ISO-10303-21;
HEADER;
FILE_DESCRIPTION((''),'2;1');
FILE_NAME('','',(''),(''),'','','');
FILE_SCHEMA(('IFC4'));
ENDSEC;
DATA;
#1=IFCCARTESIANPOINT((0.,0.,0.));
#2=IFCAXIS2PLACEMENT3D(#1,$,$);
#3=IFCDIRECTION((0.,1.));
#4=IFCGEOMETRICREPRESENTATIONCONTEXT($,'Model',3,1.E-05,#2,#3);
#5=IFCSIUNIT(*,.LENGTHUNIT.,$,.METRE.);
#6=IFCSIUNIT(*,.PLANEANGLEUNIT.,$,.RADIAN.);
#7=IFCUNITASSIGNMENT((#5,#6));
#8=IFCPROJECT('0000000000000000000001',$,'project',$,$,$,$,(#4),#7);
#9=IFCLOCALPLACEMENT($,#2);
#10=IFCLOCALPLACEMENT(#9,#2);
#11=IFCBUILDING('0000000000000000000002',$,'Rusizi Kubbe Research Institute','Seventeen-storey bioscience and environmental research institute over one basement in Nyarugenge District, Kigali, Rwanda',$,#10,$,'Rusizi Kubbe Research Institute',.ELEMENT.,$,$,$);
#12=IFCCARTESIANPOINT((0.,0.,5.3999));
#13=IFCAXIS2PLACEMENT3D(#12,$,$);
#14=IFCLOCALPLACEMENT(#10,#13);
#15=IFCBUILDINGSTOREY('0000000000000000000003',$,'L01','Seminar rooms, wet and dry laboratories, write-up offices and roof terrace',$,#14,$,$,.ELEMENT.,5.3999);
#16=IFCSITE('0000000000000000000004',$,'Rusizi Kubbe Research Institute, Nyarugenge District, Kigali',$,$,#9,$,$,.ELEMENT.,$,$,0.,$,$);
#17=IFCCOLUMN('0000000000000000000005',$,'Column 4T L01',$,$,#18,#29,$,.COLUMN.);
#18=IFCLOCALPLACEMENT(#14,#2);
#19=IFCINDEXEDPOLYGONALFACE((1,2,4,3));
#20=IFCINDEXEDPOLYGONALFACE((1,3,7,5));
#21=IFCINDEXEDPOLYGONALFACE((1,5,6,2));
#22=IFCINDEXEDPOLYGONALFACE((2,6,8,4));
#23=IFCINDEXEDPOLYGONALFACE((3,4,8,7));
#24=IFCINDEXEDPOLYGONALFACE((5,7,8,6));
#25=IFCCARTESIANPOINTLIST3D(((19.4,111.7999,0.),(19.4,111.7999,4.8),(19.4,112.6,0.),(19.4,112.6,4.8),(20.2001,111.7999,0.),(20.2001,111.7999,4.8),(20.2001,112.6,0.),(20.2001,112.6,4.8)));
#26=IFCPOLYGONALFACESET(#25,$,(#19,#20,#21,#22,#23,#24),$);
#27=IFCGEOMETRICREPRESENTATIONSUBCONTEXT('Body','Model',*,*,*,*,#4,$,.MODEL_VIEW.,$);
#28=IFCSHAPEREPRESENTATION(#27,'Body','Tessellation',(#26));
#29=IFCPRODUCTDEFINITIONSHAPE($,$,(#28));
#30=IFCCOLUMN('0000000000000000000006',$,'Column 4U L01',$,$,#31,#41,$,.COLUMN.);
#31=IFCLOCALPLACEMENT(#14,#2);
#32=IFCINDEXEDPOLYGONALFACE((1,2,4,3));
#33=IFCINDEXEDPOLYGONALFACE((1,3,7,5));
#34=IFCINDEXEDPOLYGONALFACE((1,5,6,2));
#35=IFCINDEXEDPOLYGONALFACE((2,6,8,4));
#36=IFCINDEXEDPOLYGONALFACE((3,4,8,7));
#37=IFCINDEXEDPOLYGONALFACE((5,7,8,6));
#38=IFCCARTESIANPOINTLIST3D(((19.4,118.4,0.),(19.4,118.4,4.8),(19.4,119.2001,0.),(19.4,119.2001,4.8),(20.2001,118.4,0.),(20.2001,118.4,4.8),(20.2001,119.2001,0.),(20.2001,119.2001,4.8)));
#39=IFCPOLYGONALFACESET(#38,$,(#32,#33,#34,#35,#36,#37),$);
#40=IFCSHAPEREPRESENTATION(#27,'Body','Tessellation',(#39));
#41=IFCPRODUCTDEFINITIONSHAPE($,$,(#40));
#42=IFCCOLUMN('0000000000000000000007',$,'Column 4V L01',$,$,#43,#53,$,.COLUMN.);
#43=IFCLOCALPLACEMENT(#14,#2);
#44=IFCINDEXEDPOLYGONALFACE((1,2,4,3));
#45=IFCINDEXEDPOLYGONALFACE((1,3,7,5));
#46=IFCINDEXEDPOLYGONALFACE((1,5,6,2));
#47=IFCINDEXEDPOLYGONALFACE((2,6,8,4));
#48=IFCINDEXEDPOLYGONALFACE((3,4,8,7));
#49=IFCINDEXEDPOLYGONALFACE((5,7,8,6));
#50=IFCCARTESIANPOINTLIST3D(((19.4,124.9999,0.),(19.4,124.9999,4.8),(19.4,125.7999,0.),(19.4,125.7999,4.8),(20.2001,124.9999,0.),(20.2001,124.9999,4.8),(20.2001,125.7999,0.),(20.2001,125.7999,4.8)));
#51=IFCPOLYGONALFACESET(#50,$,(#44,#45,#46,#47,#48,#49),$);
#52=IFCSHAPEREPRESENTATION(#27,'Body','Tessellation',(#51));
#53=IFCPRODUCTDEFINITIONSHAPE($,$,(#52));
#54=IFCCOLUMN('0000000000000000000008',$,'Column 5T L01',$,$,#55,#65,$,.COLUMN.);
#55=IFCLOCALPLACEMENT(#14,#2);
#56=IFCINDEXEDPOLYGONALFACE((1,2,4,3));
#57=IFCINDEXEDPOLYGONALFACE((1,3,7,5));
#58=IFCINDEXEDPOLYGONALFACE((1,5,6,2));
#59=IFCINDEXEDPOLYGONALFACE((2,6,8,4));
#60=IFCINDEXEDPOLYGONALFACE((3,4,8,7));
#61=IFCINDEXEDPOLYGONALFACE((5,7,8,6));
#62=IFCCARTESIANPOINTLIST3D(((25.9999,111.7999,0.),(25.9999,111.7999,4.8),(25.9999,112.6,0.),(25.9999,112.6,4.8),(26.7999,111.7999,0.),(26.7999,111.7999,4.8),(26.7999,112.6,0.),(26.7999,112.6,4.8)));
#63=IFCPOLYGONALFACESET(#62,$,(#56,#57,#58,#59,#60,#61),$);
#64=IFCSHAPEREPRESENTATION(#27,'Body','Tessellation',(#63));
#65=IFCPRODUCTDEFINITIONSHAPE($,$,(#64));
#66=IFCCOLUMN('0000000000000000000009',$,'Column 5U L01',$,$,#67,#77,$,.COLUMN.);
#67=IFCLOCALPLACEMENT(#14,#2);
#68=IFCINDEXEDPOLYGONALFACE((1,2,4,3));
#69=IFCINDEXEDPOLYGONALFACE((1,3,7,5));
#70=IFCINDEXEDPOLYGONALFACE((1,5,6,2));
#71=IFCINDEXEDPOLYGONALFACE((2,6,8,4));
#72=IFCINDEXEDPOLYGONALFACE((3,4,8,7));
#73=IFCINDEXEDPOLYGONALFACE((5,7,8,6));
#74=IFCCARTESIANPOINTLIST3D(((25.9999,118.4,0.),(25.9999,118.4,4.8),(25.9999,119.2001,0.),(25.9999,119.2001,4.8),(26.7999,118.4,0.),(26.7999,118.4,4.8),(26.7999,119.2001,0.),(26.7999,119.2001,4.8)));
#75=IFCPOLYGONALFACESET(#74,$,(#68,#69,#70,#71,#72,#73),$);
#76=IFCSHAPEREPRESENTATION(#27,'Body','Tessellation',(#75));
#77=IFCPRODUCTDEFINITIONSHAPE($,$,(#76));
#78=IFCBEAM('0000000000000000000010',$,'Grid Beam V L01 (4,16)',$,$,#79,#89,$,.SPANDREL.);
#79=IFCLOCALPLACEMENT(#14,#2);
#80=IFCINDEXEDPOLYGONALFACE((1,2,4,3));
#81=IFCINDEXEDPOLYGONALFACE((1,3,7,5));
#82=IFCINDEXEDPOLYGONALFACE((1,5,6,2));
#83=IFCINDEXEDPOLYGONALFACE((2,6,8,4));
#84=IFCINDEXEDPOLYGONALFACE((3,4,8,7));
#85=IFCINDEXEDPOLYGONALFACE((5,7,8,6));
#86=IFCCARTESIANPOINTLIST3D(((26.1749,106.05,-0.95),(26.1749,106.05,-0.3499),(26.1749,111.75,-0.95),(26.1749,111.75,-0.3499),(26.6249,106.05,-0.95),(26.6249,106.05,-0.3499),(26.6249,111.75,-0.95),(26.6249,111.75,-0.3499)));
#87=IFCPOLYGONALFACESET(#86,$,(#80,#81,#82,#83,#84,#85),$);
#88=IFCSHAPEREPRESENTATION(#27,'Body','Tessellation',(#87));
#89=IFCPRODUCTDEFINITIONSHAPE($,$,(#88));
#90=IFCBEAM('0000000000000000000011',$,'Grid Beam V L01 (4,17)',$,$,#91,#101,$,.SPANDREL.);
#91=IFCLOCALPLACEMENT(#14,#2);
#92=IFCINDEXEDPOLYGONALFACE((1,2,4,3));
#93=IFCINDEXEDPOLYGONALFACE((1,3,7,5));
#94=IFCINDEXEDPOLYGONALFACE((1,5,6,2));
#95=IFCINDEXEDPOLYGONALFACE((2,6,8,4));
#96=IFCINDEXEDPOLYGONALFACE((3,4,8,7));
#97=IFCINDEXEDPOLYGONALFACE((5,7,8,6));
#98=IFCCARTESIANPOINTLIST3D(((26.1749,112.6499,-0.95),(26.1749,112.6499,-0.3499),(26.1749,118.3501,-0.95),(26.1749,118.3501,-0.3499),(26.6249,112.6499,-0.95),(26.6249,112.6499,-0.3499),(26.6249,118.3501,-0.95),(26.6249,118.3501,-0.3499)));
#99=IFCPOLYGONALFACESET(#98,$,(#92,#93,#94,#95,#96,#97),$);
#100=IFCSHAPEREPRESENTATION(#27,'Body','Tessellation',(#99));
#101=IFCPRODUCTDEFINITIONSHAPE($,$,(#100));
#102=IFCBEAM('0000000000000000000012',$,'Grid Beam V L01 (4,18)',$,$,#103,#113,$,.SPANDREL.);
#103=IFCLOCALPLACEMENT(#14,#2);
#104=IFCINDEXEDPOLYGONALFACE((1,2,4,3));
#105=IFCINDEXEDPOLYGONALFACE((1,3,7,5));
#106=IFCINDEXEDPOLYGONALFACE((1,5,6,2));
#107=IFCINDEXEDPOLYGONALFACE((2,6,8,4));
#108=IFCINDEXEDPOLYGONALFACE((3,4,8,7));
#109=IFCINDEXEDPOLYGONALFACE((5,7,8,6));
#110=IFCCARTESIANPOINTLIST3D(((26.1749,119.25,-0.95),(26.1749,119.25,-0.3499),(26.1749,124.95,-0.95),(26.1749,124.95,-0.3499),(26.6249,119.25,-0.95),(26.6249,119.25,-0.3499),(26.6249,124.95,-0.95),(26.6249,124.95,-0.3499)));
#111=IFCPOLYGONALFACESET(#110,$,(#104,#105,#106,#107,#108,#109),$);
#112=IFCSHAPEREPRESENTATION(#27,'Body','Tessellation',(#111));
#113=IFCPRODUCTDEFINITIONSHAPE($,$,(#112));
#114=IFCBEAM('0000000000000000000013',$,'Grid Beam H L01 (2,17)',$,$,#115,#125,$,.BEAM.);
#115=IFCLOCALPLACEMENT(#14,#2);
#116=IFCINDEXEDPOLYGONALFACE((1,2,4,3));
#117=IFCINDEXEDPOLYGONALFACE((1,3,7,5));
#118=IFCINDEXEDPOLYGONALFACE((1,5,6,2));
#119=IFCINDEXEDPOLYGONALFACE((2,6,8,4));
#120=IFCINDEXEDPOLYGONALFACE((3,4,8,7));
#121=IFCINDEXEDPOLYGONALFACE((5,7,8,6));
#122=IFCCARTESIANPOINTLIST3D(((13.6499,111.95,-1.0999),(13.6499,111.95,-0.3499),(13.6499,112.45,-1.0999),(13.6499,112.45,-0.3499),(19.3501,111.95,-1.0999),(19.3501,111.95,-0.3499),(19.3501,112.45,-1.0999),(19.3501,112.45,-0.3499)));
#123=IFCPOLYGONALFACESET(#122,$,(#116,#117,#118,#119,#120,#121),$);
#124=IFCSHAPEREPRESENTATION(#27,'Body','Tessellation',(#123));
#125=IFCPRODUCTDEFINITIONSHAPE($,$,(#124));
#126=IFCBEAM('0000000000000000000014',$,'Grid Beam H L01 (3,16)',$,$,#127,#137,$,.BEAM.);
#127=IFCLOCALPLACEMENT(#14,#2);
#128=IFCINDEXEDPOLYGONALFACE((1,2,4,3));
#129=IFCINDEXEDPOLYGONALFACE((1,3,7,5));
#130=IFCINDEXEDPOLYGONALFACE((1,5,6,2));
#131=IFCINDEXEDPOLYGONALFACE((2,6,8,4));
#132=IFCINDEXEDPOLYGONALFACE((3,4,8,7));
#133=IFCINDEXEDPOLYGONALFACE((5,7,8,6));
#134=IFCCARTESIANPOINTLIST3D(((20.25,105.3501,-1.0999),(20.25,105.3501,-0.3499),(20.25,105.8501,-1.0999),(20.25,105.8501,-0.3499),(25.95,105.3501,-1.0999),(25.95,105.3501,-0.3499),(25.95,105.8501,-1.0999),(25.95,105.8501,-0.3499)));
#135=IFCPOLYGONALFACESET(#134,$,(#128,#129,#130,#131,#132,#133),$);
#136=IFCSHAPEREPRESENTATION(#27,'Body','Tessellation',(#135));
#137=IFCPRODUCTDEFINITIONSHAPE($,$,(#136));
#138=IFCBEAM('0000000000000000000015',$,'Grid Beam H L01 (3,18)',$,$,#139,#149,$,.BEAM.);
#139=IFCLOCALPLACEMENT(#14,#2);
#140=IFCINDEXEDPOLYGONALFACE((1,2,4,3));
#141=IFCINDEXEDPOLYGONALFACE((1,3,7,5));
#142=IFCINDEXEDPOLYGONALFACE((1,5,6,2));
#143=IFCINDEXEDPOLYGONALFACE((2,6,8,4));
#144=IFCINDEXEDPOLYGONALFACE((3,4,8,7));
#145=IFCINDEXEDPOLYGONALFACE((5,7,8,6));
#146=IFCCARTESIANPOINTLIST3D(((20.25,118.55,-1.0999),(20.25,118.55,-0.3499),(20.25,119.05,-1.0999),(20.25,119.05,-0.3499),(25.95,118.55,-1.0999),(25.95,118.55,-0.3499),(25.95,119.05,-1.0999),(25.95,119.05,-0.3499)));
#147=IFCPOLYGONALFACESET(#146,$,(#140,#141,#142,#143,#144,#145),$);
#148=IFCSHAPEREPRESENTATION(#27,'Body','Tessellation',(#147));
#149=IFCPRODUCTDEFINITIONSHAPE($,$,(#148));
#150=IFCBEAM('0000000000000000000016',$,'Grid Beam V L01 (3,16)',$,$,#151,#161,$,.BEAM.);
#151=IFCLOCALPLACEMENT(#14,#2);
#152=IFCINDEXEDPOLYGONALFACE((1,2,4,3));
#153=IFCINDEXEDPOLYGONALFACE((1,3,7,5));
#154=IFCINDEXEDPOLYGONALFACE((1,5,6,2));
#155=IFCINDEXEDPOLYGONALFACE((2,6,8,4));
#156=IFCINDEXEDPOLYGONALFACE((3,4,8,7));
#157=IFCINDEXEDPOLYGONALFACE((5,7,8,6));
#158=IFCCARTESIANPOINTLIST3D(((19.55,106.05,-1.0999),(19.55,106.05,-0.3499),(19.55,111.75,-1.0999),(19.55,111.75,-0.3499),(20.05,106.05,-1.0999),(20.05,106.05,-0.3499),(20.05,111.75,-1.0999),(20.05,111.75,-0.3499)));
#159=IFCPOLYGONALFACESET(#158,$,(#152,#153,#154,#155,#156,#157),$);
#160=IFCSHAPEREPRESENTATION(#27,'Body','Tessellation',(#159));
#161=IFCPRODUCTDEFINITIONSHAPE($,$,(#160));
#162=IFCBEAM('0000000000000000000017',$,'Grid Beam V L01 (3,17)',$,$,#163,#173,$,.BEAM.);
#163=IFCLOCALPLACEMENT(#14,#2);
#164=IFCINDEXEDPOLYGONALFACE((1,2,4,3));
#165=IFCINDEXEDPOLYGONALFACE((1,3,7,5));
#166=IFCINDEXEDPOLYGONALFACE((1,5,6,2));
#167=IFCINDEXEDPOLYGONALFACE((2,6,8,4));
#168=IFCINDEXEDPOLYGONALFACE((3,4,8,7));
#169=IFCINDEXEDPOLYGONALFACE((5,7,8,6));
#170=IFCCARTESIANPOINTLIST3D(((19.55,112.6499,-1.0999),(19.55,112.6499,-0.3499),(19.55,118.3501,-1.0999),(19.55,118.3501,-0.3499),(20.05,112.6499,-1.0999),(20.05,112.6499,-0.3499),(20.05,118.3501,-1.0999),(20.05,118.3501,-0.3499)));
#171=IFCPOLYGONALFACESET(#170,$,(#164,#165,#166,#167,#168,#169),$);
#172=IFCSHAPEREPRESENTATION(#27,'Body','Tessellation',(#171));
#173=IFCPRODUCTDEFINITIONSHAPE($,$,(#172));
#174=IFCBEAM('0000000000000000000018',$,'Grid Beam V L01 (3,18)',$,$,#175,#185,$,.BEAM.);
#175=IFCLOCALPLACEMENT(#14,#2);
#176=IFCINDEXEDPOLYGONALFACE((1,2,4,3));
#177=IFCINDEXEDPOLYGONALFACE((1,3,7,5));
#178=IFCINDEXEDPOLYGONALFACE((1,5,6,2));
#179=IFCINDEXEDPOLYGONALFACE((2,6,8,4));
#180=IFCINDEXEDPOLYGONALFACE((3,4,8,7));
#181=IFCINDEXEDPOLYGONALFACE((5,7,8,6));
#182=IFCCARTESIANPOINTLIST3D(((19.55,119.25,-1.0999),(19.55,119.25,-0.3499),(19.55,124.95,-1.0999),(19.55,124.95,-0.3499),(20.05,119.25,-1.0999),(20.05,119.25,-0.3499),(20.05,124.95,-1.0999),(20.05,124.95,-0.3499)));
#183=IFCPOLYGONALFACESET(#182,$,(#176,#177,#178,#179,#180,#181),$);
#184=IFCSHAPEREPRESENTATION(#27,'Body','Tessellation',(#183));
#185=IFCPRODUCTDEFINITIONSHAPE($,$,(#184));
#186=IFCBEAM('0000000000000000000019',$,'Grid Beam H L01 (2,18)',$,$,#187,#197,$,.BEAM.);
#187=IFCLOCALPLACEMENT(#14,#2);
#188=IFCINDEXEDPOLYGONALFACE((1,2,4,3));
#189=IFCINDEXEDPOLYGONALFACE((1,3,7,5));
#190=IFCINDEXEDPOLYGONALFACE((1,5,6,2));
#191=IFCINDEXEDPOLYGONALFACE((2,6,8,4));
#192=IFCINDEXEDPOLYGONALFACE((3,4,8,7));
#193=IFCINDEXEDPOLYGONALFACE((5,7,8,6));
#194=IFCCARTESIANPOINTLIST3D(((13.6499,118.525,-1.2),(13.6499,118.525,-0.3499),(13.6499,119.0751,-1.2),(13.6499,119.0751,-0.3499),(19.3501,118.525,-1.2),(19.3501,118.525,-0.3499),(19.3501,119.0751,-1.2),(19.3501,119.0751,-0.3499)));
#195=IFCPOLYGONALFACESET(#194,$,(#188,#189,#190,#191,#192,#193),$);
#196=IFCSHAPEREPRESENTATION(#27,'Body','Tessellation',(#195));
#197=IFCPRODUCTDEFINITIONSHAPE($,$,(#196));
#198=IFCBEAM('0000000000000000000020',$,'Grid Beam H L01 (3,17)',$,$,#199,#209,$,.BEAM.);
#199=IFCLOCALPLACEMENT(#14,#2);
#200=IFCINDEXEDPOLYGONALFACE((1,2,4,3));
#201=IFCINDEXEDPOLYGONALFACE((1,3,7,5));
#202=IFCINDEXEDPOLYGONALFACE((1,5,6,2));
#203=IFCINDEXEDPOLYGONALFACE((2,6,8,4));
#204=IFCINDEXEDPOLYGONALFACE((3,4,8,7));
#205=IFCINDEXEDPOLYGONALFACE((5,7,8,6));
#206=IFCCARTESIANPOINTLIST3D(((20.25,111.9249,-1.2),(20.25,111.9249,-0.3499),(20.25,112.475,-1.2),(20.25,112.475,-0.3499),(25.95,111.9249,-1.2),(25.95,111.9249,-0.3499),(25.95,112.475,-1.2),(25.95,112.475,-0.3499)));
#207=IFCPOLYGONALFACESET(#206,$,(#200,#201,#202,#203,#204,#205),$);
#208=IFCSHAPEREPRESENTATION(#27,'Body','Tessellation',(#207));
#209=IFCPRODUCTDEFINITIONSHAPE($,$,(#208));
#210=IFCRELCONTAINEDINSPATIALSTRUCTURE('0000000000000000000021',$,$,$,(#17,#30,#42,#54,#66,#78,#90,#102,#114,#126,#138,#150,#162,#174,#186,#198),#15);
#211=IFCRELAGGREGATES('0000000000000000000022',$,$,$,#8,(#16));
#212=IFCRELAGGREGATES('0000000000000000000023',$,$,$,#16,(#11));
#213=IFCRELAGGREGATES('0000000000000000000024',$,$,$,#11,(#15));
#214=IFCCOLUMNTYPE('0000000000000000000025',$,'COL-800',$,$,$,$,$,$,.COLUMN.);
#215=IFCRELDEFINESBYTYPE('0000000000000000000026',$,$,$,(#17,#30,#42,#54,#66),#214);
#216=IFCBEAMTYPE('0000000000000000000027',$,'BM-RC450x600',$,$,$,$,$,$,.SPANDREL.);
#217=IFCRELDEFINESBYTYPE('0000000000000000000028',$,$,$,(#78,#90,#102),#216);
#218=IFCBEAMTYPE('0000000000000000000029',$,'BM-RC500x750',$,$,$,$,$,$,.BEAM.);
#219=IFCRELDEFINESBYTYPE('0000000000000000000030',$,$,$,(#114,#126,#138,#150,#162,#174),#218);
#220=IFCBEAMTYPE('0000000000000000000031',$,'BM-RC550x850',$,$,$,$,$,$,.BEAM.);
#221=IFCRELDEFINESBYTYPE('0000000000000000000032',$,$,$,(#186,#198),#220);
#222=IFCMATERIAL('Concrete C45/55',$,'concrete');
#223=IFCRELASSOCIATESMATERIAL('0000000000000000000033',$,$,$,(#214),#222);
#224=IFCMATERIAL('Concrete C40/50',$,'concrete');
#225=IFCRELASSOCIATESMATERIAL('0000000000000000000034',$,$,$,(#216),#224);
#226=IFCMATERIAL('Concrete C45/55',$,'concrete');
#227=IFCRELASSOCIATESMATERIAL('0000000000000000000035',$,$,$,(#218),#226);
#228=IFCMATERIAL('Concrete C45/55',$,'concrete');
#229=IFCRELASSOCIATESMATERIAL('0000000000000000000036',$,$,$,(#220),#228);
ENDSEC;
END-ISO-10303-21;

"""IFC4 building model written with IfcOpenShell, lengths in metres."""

from ifc_helpers import new_model, si_unit, direction, frame, origin, origin_2d, place, context, subcontext, project, spatial, rectangle, extrude, material, material_profile, profile_set, type_object, element, save


model = new_model("IFC4")

# Units and contexts
model_context = context("Model", 3, precision=1e-05, world=origin(), true_north=direction((0.0, 1.0)))
body_context = subcontext(model_context, "Body", "Model", "MODEL_VIEW")
ifc_project = project(units=[si_unit("LENGTHUNIT", "METRE"), si_unit("PLANEANGLEUNIT", "RADIAN")], contexts=[model_context])

# Site, building, storey
site_placement = place(None, origin())
site = spatial("IfcSite", under=ifc_project, at=site_placement, Name="Rusizi Kubbe Research Institute, Nyarugenge District, Kigali", CompositionType="ELEMENT", RefElevation=0.0)
building_placement = place(site_placement, origin())
building = spatial("IfcBuilding", under=site, at=building_placement, Name="Rusizi Kubbe Research Institute", Description="Seventeen-storey bioscience and environmental research institute over one basement in Nyarugenge District, Kigali, Rwanda", LongName="Rusizi Kubbe Research Institute", CompositionType="ELEMENT")
storey_placement = place(building_placement, frame((0.0, 0.0, 5.3999)))
storey = spatial("IfcBuildingStorey", under=building, at=storey_placement, Name="L01", Description="Seminar rooms, wet and dry laboratories, write-up offices and roof terrace", CompositionType="ELEMENT", Elevation=5.3999)

# Columns
ifc_material_1 = material(Name="Concrete C45/55", Category="concrete")
ifc_material_profile_1 = material_profile(ifc_material_1, rectangle(XDim=0.8, YDim=0.8, at=origin_2d()), Name="RC800x800")
ifc_profile_set_1 = profile_set([ifc_material_profile_1], Name="Concrete C45/55")
column_type = type_object("IfcColumnType", Name="COL-800", PredefinedType="COLUMN", material=ifc_profile_set_1)
for number, where, z_axis, x_axis, name in (
    (1, (19.8, 112.2, 0.0), (0.0, 0.0, 1.0), (1.0, 0.0, 0.0), "Column 4T L01"),
    (2, (19.8, 118.8, 0.0), (0.0, 0.0, 1.0), (1.0, 0.0, 0.0), "Column 4U L01"),
    (3, (19.8, 125.3999, 0.0), (0.0, 0.0, 1.0), (1.0, 0.0, 0.0), "Column 4V L01"),
    (4, (26.3999, 112.2, 0.0), (0.0, 0.0, 1.0), (1.0, 0.0, 0.0), "Column 5T L01"),
    (5, (26.3999, 118.8, 0.0), (0.0, 0.0, 1.0), (1.0, 0.0, 0.0), "Column 5U L01"),
):
    element("IfcColumn", number, at=place(storey_placement, frame(where, z_axis=z_axis, x_axis=x_axis)), inside=storey, type_object=column_type, Name=name, PredefinedType="COLUMN", context=body_context, shape_type="SweptSolid", body=[
        extrude(rectangle(XDim=0.8, YDim=0.8, at=origin_2d()), origin(), (0.0, 0.0, 1.0), 4.8),
    ])

# Beams
ifc_material_2 = material(Name="Concrete C40/50", Category="concrete")
ifc_material_profile_2 = material_profile(ifc_material_2, rectangle(XDim=0.45, YDim=0.6001, at=origin_2d()), Name="RC450x600")
ifc_profile_set_2 = profile_set([ifc_material_profile_2], Name="Concrete C40/50")
beam_type_1 = type_object("IfcBeamType", Name="BM-RC450x600", PredefinedType="SPANDREL", material=ifc_profile_set_2)
beam_1_placement = place(storey_placement, frame((26.3999, 106.05, -0.6499), z_axis=(0.0, 1.0, 0.0), x_axis=(-1.0, 0.0, 0.0)))
element("IfcBeam", 6, at=beam_1_placement, inside=storey, type_object=beam_type_1, Name="Grid Beam V L01 (4,16)", PredefinedType="SPANDREL", context=body_context, shape_type="SweptSolid", body=[
    extrude(rectangle(XDim=0.45, YDim=0.6001, at=origin_2d()), origin(), (0.0, 0.0, 1.0), 5.7),
])
beam_2_placement = place(storey_placement, frame((26.3999, 112.6499, -0.6499), z_axis=(0.0, 1.0, 0.0), x_axis=(-1.0, 0.0, 0.0)))
element("IfcBeam", 7, at=beam_2_placement, inside=storey, type_object=beam_type_1, Name="Grid Beam V L01 (4,17)", PredefinedType="SPANDREL", context=body_context, shape_type="SweptSolid", body=[
    extrude(rectangle(XDim=0.45, YDim=0.6001, at=origin_2d()), origin(), (0.0, 0.0, 1.0), 5.7002),
])
beam_3_placement = place(storey_placement, frame((26.3999, 119.25, -0.6499), z_axis=(0.0, 1.0, 0.0), x_axis=(-1.0, 0.0, 0.0)))
element("IfcBeam", 8, at=beam_3_placement, inside=storey, type_object=beam_type_1, Name="Grid Beam V L01 (4,18)", PredefinedType="SPANDREL", context=body_context, shape_type="SweptSolid", body=[
    extrude(rectangle(XDim=0.45, YDim=0.6001, at=origin_2d()), origin(), (0.0, 0.0, 1.0), 5.7),
])
ifc_material_3 = material(Name="Concrete C45/55", Category="concrete")
ifc_material_profile_3 = material_profile(ifc_material_3, rectangle(XDim=0.5, YDim=0.75, at=origin_2d()), Name="RC500x750B")
ifc_profile_set_3 = profile_set([ifc_material_profile_3], Name="Concrete C45/55")
beam_type_2 = type_object("IfcBeamType", Name="BM-RC500x750", PredefinedType="BEAM", material=ifc_profile_set_3)
beam_4_placement = place(storey_placement, frame((13.6499, 112.2, -0.7249), z_axis=(1.0, 0.0, 0.0), x_axis=(0.0, 1.0, 0.0)))
element("IfcBeam", 9, at=beam_4_placement, inside=storey, type_object=beam_type_2, Name="Grid Beam H L01 (2,17)", PredefinedType="BEAM", context=body_context, shape_type="SweptSolid", body=[
    extrude(rectangle(XDim=0.5, YDim=0.75, at=origin_2d()), origin(), (0.0, 0.0, 1.0), 5.7002),
])
for number, where, z_axis, x_axis, name in (
    (10, (20.25, 105.6001, -0.7249), (1.0, 0.0, 0.0), (0.0, 1.0, 0.0), "Grid Beam H L01 (3,16)"),
    (11, (20.25, 118.8, -0.7249), (1.0, 0.0, 0.0), (0.0, 1.0, 0.0), "Grid Beam H L01 (3,18)"),
    (12, (19.8, 106.05, -0.7249), (0.0, 1.0, 0.0), (-1.0, 0.0, 0.0), "Grid Beam V L01 (3,16)"),
):
    element("IfcBeam", number, at=place(storey_placement, frame(where, z_axis=z_axis, x_axis=x_axis)), inside=storey, type_object=beam_type_2, Name=name, PredefinedType="BEAM", context=body_context, shape_type="SweptSolid", body=[
        extrude(rectangle(XDim=0.5, YDim=0.75, at=origin_2d()), origin(), (0.0, 0.0, 1.0), 5.7),
    ])
beam_5_placement = place(storey_placement, frame((19.8, 112.6499, -0.7249), z_axis=(0.0, 1.0, 0.0), x_axis=(-1.0, 0.0, 0.0)))
element("IfcBeam", 13, at=beam_5_placement, inside=storey, type_object=beam_type_2, Name="Grid Beam V L01 (3,17)", PredefinedType="BEAM", context=body_context, shape_type="SweptSolid", body=[
    extrude(rectangle(XDim=0.5, YDim=0.75, at=origin_2d()), origin(), (0.0, 0.0, 1.0), 5.7002),
])
beam_6_placement = place(storey_placement, frame((19.8, 119.25, -0.7249), z_axis=(0.0, 1.0, 0.0), x_axis=(-1.0, 0.0, 0.0)))
element("IfcBeam", 14, at=beam_6_placement, inside=storey, type_object=beam_type_2, Name="Grid Beam V L01 (3,18)", PredefinedType="BEAM", context=body_context, shape_type="SweptSolid", body=[
    extrude(rectangle(XDim=0.5, YDim=0.75, at=origin_2d()), origin(), (0.0, 0.0, 1.0), 5.7),
])
ifc_material_4 = material(Name="Concrete C45/55", Category="concrete")
ifc_material_profile_4 = material_profile(ifc_material_4, rectangle(XDim=0.55, YDim=0.8501, at=origin_2d()), Name="RC550x850")
ifc_profile_set_4 = profile_set([ifc_material_profile_4], Name="Concrete C45/55")
beam_type_3 = type_object("IfcBeamType", Name="BM-RC550x850", PredefinedType="BEAM", material=ifc_profile_set_4)
beam_7_placement = place(storey_placement, frame((13.6499, 118.8, -0.7749), z_axis=(1.0, 0.0, 0.0), x_axis=(0.0, 1.0, 0.0)))
element("IfcBeam", 15, at=beam_7_placement, inside=storey, type_object=beam_type_3, Name="Grid Beam H L01 (2,18)", PredefinedType="BEAM", context=body_context, shape_type="SweptSolid", body=[
    extrude(rectangle(XDim=0.55, YDim=0.8501, at=origin_2d()), origin(), (0.0, 0.0, 1.0), 5.7002),
])
beam_8_placement = place(storey_placement, frame((20.25, 112.2, -0.7749), z_axis=(1.0, 0.0, 0.0), x_axis=(0.0, 1.0, 0.0)))
element("IfcBeam", 16, at=beam_8_placement, inside=storey, type_object=beam_type_3, Name="Grid Beam H L01 (3,17)", PredefinedType="BEAM", context=body_context, shape_type="SweptSolid", body=[
    extrude(rectangle(XDim=0.55, YDim=0.8501, at=origin_2d()), origin(), (0.0, 0.0, 1.0), 5.7),
])

save(model, "model.ifc")
